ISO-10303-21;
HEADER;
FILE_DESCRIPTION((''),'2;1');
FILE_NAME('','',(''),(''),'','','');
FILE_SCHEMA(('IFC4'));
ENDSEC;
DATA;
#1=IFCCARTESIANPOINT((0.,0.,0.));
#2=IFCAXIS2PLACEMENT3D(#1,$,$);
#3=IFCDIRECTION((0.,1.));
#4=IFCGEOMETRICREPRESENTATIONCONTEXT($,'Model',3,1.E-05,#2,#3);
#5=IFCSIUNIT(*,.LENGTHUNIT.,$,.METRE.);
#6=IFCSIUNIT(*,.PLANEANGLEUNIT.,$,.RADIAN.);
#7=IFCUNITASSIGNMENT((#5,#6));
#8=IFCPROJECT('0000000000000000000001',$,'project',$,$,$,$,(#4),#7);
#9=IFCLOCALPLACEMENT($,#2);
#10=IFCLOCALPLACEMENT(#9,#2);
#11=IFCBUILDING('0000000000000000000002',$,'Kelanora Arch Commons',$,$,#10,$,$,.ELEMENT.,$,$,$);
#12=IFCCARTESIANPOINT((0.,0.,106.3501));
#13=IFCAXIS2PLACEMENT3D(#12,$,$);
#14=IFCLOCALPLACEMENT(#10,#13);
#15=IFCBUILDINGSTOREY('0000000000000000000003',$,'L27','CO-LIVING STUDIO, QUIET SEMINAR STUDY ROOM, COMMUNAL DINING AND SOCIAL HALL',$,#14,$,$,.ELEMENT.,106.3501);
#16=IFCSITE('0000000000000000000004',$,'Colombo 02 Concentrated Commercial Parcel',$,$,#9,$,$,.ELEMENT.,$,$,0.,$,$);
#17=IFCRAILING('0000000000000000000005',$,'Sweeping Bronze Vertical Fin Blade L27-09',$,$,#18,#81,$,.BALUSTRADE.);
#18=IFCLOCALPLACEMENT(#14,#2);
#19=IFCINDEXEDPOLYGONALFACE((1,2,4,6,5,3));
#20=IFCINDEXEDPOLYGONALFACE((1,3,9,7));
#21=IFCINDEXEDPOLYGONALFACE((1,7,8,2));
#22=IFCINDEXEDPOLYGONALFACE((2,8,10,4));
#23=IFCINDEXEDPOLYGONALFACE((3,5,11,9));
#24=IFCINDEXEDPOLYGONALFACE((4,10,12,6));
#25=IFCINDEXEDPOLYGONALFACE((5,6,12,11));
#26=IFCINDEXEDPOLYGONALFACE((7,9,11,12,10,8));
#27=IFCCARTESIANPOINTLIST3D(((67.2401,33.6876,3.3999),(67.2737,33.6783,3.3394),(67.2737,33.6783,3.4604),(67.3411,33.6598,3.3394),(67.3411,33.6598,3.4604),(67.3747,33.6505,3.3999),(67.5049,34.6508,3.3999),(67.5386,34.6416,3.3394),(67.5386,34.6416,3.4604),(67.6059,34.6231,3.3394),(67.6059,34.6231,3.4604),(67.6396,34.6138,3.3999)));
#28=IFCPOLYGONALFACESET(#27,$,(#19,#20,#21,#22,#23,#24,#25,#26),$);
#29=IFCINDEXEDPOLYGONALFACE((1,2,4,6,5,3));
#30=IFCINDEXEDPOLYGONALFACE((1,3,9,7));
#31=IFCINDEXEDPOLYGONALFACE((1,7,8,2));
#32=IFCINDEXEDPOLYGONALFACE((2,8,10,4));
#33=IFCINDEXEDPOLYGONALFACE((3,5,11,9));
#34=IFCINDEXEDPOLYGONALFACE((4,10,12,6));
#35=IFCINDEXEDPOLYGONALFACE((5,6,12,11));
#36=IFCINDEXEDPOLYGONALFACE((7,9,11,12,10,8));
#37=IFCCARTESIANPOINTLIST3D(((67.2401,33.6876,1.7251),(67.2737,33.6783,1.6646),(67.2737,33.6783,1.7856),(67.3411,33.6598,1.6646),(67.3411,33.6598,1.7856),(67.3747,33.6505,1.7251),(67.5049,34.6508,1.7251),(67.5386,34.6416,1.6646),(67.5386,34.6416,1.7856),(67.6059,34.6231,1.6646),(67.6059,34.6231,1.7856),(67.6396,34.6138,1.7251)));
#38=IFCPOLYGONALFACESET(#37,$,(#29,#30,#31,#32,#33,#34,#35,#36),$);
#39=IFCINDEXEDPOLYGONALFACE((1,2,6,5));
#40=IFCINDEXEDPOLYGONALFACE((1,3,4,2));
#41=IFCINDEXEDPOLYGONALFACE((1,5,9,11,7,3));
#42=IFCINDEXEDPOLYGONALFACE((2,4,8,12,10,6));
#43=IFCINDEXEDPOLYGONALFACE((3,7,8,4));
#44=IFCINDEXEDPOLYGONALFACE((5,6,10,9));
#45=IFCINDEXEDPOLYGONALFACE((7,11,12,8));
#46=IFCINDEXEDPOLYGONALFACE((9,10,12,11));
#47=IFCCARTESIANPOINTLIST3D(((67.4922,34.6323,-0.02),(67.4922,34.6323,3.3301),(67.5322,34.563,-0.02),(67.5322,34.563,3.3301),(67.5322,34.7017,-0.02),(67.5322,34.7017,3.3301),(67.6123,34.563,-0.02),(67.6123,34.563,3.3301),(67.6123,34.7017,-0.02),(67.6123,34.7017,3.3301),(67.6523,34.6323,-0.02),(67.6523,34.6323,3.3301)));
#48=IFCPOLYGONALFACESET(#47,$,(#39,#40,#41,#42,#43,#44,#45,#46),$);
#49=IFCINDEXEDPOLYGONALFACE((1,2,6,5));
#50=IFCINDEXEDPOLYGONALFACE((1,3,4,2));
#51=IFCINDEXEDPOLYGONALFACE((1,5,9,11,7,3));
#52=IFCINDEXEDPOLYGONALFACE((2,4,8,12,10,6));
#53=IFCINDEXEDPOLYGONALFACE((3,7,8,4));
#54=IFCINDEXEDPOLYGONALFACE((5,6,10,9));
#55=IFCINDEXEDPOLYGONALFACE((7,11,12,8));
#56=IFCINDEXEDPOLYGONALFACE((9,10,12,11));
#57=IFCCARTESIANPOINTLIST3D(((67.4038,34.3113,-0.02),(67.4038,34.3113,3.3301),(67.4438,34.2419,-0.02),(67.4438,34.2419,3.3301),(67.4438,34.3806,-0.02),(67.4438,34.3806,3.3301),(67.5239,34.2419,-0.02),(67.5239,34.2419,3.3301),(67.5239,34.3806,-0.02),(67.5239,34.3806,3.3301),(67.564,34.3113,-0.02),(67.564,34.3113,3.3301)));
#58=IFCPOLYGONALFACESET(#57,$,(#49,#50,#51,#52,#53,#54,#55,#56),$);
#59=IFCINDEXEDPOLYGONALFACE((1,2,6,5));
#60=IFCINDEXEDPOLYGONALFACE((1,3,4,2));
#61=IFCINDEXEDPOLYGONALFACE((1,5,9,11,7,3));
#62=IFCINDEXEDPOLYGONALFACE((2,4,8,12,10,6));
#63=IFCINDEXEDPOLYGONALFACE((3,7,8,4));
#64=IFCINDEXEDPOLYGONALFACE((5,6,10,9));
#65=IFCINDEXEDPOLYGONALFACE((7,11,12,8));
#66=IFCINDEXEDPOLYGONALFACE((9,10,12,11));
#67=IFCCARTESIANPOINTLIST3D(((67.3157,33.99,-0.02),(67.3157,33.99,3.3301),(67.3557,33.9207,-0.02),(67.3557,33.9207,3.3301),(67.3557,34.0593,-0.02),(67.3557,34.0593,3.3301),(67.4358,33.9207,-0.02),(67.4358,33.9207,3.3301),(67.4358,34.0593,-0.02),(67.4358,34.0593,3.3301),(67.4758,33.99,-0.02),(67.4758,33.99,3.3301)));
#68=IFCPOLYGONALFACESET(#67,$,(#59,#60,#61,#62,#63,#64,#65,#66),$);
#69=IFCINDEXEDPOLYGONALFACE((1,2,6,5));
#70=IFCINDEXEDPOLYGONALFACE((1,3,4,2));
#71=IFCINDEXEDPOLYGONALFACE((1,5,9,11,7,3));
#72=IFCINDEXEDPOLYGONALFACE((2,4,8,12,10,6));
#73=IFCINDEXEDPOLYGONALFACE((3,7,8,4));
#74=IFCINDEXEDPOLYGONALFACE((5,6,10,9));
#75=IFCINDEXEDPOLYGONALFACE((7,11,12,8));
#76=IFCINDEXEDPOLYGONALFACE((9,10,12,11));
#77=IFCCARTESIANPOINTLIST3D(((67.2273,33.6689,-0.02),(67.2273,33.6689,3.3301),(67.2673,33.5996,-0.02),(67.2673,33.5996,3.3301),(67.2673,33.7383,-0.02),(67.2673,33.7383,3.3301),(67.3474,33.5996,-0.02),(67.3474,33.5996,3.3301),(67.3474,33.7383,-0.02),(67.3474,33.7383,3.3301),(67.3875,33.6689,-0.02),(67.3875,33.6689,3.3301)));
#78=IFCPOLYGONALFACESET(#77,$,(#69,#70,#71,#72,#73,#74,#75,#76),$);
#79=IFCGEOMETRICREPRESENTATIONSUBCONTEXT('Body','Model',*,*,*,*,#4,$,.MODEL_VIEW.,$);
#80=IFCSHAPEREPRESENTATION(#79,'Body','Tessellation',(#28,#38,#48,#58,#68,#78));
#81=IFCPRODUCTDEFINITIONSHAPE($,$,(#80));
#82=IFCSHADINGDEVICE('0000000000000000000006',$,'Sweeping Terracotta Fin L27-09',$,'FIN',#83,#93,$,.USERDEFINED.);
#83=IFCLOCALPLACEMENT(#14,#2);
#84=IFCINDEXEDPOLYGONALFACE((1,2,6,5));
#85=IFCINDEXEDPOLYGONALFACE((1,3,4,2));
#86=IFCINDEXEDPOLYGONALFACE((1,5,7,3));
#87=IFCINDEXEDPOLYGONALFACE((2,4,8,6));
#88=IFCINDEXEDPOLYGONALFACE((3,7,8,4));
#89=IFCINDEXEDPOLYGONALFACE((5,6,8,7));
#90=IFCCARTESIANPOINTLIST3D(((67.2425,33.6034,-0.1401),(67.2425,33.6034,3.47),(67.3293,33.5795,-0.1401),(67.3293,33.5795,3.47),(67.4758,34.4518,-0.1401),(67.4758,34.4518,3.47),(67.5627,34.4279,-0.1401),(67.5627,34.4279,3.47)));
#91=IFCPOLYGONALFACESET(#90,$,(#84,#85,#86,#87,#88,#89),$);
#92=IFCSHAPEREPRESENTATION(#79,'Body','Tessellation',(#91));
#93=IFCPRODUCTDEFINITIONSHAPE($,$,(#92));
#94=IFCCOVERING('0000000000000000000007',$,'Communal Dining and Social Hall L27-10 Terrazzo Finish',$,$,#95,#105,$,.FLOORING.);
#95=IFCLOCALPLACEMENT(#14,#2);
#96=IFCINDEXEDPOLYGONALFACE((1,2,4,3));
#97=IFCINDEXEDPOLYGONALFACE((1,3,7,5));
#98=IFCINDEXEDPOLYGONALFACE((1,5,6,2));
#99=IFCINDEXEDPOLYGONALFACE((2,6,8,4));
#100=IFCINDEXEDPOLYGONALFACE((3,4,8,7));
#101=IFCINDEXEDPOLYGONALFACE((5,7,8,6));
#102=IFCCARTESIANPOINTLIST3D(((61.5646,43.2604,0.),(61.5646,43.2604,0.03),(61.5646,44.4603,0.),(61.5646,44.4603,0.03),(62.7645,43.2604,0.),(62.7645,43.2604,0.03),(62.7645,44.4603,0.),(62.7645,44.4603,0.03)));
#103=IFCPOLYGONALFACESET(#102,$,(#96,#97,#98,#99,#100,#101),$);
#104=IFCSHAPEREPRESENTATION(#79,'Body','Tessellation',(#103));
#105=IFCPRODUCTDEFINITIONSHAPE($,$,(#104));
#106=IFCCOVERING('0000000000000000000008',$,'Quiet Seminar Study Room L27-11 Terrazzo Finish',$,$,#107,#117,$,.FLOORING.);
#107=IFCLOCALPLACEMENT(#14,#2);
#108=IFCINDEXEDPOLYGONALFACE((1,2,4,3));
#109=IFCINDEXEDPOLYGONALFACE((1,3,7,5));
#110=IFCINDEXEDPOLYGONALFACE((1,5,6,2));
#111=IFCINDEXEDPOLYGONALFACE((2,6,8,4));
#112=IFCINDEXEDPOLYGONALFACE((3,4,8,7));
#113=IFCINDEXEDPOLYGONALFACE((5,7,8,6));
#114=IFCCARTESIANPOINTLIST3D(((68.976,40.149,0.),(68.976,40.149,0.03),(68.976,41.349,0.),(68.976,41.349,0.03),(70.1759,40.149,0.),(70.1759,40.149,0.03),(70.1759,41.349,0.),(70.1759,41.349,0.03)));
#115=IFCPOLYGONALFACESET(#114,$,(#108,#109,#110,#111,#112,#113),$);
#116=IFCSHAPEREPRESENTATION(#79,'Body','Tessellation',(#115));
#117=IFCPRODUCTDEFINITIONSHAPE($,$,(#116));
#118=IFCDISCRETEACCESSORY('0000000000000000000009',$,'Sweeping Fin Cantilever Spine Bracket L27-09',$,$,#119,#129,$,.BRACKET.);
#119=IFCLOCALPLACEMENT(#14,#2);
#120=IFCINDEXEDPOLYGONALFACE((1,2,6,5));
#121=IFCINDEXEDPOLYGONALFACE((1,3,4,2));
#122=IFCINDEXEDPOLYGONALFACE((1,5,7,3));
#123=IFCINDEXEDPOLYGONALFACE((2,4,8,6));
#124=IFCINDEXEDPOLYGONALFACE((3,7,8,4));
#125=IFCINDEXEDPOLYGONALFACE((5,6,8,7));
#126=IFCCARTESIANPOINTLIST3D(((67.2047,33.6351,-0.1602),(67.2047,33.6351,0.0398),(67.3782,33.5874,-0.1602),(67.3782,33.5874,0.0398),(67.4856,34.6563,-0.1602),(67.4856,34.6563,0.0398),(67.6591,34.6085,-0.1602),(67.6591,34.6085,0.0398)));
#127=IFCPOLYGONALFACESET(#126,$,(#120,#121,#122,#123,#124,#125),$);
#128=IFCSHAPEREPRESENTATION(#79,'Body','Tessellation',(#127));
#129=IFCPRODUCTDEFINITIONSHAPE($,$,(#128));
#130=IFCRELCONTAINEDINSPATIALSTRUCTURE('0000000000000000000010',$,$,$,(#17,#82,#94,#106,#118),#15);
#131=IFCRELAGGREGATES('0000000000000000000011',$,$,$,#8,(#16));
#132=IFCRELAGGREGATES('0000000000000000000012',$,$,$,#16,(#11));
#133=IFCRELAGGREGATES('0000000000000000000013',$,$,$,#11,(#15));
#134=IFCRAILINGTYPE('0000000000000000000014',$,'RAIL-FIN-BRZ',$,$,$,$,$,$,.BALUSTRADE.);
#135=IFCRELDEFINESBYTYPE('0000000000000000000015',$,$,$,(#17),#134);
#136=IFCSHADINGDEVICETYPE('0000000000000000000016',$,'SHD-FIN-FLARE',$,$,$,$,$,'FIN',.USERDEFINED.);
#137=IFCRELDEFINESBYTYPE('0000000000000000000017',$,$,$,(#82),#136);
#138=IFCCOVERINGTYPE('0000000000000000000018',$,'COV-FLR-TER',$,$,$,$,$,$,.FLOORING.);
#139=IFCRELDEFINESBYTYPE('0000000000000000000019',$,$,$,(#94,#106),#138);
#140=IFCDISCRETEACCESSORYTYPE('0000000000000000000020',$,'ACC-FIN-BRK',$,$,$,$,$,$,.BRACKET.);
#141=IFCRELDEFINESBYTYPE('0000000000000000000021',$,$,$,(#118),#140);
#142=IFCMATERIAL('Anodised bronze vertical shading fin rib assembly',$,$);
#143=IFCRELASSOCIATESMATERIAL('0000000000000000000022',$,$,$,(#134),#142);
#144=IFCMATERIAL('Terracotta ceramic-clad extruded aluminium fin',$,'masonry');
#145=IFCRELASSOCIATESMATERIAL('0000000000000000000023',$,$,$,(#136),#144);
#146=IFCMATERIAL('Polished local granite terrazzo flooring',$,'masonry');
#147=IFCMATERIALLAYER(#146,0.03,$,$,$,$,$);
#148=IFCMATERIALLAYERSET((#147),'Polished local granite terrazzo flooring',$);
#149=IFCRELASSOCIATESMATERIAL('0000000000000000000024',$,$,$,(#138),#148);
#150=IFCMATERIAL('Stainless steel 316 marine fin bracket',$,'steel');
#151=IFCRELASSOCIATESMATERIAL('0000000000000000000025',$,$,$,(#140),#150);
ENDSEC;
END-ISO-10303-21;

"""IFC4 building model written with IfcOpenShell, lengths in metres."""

from ifc_helpers import new_model, si_unit, direction, frame, origin, origin_2d, place, context, subcontext, project, spatial, polyline, rectangle, outline, extrude, source, transform, mapped, material, layer, layer_set, type_object, element, save


model = new_model("IFC4")

# Units and contexts
model_context = context("Model", 3, precision=1e-05, world=origin(), true_north=direction((0.0, 1.0)))
body_context = subcontext(model_context, "Body", "Model", "MODEL_VIEW")
ifc_project = project(units=[si_unit("LENGTHUNIT", "METRE"), si_unit("PLANEANGLEUNIT", "RADIAN")], contexts=[model_context])

# Site, building, storey
site_placement = place(None, origin())
site = spatial("IfcSite", under=ifc_project, at=site_placement, Name="Colombo 02 Concentrated Commercial Parcel", CompositionType="ELEMENT", RefElevation=0.0)
building_placement = place(site_placement, origin())
building = spatial("IfcBuilding", under=site, at=building_placement, Name="Kelanora Arch Commons", CompositionType="ELEMENT")
storey_placement = place(building_placement, frame((0.0, 0.0, 106.3501)))
storey = spatial("IfcBuildingStorey", under=building, at=storey_placement, Name="L27", Description="CO-LIVING STUDIO, QUIET SEMINAR STUDY ROOM, COMMUNAL DINING AND SOCIAL HALL", CompositionType="ELEMENT", Elevation=106.3501)

# Railing
ifc_material_1 = material(Name="Anodised bronze vertical shading fin rib assembly")
railing_type = type_object("IfcRailingType", Name="RAIL-FIN-BRZ", PredefinedType="BALUSTRADE", material=ifc_material_1)
railing_placement = place(storey_placement, frame((67.5723, 34.6323, -0.02)))
element("IfcRailing", 1, at=railing_placement, inside=storey, type_object=railing_type, Name="Sweeping Bronze Vertical Fin Blade L27-09", PredefinedType="BALUSTRADE", context=body_context, shape_type="SweptSolid", body=[
    extrude(outline(polyline([(0.0698, 0.0), (0.0349, 0.0605), (-0.0349, 0.0605), (-0.0698, 0.0), (-0.0349, -0.0605), (0.0349, -0.0605), (0.0698, 0.0)])), frame((0.0, 0.0, 3.4199), z_axis=(-0.265122, -0.964215, 0.0), x_axis=(0.964215, -0.265122, 0.0)), (0.0, 0.0, 1.0), 0.999),
    extrude(outline(polyline([(0.0698, 0.0), (0.0349, 0.0605), (-0.0349, 0.0605), (-0.0698, 0.0), (-0.0349, -0.0605), (0.0349, -0.0605), (0.0698, 0.0)])), frame((0.0, 0.0, 1.7451), z_axis=(-0.265122, -0.964215, 0.0), x_axis=(0.964215, -0.265122, 0.0)), (0.0, 0.0, 1.0), 0.999),
    extrude(outline(polyline([(0.0801, 0.0), (0.04, 0.0693), (-0.04, 0.0693), (-0.0801, 0.0), (-0.04, -0.0693), (0.04, -0.0693), (0.0801, 0.0)])), origin(), (0.0, 0.0, 1.0), 3.3501),
    extrude(outline(polyline([(0.0801, 0.0), (0.04, 0.0693), (-0.04, 0.0693), (-0.0801, 0.0), (-0.04, -0.0693), (0.04, -0.0693), (0.0801, 0.0)])), frame((-0.0884, -0.321, 0.0)), (0.0, 0.0, 1.0), 3.3501),
    extrude(outline(polyline([(0.0801, 0.0), (0.04, 0.0693), (-0.04, 0.0693), (-0.0801, 0.0), (-0.04, -0.0693), (0.04, -0.0693), (0.0801, 0.0)])), frame((-0.1765, -0.6423, 0.0)), (0.0, 0.0, 1.0), 3.3501),
    extrude(outline(polyline([(0.0801, 0.0), (0.04, 0.0693), (-0.04, 0.0693), (-0.0801, 0.0), (-0.04, -0.0693), (0.04, -0.0693), (0.0801, 0.0)])), frame((-0.2649, -0.9634, 0.0)), (0.0, 0.0, 1.0), 3.3501),
])

# Shading device
ifc_material_2 = material(Name="Terracotta ceramic-clad extruded aluminium fin", Category="masonry")
shading_device_type = type_object("IfcShadingDeviceType", Name="SHD-FIN-FLARE", ElementType="FIN", PredefinedType="USERDEFINED", material=ifc_material_2)
shared_shape_1 = source(origin(), body_context, "Body", "SweptSolid", [
    extrude(rectangle(XDim=0.8799, YDim=0.0901, at=origin_2d()), origin(), (0.0, 0.0, 1.0), 3.6101),
])
shading_device_placement = place(storey_placement, frame((67.4026, 34.0156, -0.1401), z_axis=(0.0, 0.0, 1.0), x_axis=(-0.26522, -0.964188, 0.0)))
element("IfcShadingDevice", 2, at=shading_device_placement, inside=storey, type_object=shading_device_type, Name="Sweeping Terracotta Fin L27-09", ObjectType="FIN", PredefinedType="USERDEFINED", context=body_context, shape_type="MappedRepresentation", body=[
    mapped(shared_shape_1, transform((0.0, 0.0, 0.0), scale=1.0)),
])

# Coverings
ifc_material_3 = material(Name="Polished local granite terrazzo flooring", Category="masonry")
ifc_layer_1 = layer(ifc_material_3, 0.03)
ifc_layer_set_1 = layer_set([ifc_layer_1], Name="Polished local granite terrazzo flooring")
covering_type = type_object("IfcCoveringType", Name="COV-FLR-TER", PredefinedType="FLOORING", material=ifc_layer_set_1)
shared_shape_2 = source(origin(), body_context, "Body", "SweptSolid", [
    extrude(rectangle(XDim=1.2, YDim=1.2, at=origin_2d()), origin(), (0.0, 0.0, 1.0), 0.03),
])
for number, where, z_axis, x_axis, name in (
    (3, (62.1646, 43.8604, 0.0), (0.0, 0.0, 1.0), (1.0, 0.0, 0.0), "Communal Dining and Social Hall L27-10 Terrazzo Finish"),
    (4, (69.5759, 40.749, 0.0), (0.0, 0.0, 1.0), (1.0, 0.0, 0.0), "Quiet Seminar Study Room L27-11 Terrazzo Finish"),
):
    element("IfcCovering", number, at=place(storey_placement, frame(where, z_axis=z_axis, x_axis=x_axis)), inside=storey, type_object=covering_type, Name=name, PredefinedType="FLOORING", context=body_context, shape_type="MappedRepresentation", body=[
        mapped(shared_shape_2, transform((0.0, 0.0, 0.0), scale=1.0)),
    ])

# Discrete accessory
ifc_material_4 = material(Name="Stainless steel 316 marine fin bracket", Category="steel")
discrete_accessory_type = type_object("IfcDiscreteAccessoryType", Name="ACC-FIN-BRK", PredefinedType="BRACKET", material=ifc_material_4)
shared_shape_3 = source(origin(), body_context, "Body", "SweptSolid", [
    extrude(rectangle(XDim=1.0591, YDim=0.1799, at=origin_2d()), origin(), (0.0, 0.0, 1.0), 0.2),
])
discrete_accessory_placement = place(storey_placement, frame((67.4319, 34.1218, -0.1602), z_axis=(0.0, 0.0, 1.0), x_axis=(-0.26522, -0.964188, 0.0)))
element("IfcDiscreteAccessory", 5, at=discrete_accessory_placement, inside=storey, type_object=discrete_accessory_type, Name="Sweeping Fin Cantilever Spine Bracket L27-09", PredefinedType="BRACKET", context=body_context, shape_type="MappedRepresentation", body=[
    mapped(shared_shape_3, transform((0.0, 0.0, 0.0), scale=1.0)),
])

save(model, "model.ifc")
